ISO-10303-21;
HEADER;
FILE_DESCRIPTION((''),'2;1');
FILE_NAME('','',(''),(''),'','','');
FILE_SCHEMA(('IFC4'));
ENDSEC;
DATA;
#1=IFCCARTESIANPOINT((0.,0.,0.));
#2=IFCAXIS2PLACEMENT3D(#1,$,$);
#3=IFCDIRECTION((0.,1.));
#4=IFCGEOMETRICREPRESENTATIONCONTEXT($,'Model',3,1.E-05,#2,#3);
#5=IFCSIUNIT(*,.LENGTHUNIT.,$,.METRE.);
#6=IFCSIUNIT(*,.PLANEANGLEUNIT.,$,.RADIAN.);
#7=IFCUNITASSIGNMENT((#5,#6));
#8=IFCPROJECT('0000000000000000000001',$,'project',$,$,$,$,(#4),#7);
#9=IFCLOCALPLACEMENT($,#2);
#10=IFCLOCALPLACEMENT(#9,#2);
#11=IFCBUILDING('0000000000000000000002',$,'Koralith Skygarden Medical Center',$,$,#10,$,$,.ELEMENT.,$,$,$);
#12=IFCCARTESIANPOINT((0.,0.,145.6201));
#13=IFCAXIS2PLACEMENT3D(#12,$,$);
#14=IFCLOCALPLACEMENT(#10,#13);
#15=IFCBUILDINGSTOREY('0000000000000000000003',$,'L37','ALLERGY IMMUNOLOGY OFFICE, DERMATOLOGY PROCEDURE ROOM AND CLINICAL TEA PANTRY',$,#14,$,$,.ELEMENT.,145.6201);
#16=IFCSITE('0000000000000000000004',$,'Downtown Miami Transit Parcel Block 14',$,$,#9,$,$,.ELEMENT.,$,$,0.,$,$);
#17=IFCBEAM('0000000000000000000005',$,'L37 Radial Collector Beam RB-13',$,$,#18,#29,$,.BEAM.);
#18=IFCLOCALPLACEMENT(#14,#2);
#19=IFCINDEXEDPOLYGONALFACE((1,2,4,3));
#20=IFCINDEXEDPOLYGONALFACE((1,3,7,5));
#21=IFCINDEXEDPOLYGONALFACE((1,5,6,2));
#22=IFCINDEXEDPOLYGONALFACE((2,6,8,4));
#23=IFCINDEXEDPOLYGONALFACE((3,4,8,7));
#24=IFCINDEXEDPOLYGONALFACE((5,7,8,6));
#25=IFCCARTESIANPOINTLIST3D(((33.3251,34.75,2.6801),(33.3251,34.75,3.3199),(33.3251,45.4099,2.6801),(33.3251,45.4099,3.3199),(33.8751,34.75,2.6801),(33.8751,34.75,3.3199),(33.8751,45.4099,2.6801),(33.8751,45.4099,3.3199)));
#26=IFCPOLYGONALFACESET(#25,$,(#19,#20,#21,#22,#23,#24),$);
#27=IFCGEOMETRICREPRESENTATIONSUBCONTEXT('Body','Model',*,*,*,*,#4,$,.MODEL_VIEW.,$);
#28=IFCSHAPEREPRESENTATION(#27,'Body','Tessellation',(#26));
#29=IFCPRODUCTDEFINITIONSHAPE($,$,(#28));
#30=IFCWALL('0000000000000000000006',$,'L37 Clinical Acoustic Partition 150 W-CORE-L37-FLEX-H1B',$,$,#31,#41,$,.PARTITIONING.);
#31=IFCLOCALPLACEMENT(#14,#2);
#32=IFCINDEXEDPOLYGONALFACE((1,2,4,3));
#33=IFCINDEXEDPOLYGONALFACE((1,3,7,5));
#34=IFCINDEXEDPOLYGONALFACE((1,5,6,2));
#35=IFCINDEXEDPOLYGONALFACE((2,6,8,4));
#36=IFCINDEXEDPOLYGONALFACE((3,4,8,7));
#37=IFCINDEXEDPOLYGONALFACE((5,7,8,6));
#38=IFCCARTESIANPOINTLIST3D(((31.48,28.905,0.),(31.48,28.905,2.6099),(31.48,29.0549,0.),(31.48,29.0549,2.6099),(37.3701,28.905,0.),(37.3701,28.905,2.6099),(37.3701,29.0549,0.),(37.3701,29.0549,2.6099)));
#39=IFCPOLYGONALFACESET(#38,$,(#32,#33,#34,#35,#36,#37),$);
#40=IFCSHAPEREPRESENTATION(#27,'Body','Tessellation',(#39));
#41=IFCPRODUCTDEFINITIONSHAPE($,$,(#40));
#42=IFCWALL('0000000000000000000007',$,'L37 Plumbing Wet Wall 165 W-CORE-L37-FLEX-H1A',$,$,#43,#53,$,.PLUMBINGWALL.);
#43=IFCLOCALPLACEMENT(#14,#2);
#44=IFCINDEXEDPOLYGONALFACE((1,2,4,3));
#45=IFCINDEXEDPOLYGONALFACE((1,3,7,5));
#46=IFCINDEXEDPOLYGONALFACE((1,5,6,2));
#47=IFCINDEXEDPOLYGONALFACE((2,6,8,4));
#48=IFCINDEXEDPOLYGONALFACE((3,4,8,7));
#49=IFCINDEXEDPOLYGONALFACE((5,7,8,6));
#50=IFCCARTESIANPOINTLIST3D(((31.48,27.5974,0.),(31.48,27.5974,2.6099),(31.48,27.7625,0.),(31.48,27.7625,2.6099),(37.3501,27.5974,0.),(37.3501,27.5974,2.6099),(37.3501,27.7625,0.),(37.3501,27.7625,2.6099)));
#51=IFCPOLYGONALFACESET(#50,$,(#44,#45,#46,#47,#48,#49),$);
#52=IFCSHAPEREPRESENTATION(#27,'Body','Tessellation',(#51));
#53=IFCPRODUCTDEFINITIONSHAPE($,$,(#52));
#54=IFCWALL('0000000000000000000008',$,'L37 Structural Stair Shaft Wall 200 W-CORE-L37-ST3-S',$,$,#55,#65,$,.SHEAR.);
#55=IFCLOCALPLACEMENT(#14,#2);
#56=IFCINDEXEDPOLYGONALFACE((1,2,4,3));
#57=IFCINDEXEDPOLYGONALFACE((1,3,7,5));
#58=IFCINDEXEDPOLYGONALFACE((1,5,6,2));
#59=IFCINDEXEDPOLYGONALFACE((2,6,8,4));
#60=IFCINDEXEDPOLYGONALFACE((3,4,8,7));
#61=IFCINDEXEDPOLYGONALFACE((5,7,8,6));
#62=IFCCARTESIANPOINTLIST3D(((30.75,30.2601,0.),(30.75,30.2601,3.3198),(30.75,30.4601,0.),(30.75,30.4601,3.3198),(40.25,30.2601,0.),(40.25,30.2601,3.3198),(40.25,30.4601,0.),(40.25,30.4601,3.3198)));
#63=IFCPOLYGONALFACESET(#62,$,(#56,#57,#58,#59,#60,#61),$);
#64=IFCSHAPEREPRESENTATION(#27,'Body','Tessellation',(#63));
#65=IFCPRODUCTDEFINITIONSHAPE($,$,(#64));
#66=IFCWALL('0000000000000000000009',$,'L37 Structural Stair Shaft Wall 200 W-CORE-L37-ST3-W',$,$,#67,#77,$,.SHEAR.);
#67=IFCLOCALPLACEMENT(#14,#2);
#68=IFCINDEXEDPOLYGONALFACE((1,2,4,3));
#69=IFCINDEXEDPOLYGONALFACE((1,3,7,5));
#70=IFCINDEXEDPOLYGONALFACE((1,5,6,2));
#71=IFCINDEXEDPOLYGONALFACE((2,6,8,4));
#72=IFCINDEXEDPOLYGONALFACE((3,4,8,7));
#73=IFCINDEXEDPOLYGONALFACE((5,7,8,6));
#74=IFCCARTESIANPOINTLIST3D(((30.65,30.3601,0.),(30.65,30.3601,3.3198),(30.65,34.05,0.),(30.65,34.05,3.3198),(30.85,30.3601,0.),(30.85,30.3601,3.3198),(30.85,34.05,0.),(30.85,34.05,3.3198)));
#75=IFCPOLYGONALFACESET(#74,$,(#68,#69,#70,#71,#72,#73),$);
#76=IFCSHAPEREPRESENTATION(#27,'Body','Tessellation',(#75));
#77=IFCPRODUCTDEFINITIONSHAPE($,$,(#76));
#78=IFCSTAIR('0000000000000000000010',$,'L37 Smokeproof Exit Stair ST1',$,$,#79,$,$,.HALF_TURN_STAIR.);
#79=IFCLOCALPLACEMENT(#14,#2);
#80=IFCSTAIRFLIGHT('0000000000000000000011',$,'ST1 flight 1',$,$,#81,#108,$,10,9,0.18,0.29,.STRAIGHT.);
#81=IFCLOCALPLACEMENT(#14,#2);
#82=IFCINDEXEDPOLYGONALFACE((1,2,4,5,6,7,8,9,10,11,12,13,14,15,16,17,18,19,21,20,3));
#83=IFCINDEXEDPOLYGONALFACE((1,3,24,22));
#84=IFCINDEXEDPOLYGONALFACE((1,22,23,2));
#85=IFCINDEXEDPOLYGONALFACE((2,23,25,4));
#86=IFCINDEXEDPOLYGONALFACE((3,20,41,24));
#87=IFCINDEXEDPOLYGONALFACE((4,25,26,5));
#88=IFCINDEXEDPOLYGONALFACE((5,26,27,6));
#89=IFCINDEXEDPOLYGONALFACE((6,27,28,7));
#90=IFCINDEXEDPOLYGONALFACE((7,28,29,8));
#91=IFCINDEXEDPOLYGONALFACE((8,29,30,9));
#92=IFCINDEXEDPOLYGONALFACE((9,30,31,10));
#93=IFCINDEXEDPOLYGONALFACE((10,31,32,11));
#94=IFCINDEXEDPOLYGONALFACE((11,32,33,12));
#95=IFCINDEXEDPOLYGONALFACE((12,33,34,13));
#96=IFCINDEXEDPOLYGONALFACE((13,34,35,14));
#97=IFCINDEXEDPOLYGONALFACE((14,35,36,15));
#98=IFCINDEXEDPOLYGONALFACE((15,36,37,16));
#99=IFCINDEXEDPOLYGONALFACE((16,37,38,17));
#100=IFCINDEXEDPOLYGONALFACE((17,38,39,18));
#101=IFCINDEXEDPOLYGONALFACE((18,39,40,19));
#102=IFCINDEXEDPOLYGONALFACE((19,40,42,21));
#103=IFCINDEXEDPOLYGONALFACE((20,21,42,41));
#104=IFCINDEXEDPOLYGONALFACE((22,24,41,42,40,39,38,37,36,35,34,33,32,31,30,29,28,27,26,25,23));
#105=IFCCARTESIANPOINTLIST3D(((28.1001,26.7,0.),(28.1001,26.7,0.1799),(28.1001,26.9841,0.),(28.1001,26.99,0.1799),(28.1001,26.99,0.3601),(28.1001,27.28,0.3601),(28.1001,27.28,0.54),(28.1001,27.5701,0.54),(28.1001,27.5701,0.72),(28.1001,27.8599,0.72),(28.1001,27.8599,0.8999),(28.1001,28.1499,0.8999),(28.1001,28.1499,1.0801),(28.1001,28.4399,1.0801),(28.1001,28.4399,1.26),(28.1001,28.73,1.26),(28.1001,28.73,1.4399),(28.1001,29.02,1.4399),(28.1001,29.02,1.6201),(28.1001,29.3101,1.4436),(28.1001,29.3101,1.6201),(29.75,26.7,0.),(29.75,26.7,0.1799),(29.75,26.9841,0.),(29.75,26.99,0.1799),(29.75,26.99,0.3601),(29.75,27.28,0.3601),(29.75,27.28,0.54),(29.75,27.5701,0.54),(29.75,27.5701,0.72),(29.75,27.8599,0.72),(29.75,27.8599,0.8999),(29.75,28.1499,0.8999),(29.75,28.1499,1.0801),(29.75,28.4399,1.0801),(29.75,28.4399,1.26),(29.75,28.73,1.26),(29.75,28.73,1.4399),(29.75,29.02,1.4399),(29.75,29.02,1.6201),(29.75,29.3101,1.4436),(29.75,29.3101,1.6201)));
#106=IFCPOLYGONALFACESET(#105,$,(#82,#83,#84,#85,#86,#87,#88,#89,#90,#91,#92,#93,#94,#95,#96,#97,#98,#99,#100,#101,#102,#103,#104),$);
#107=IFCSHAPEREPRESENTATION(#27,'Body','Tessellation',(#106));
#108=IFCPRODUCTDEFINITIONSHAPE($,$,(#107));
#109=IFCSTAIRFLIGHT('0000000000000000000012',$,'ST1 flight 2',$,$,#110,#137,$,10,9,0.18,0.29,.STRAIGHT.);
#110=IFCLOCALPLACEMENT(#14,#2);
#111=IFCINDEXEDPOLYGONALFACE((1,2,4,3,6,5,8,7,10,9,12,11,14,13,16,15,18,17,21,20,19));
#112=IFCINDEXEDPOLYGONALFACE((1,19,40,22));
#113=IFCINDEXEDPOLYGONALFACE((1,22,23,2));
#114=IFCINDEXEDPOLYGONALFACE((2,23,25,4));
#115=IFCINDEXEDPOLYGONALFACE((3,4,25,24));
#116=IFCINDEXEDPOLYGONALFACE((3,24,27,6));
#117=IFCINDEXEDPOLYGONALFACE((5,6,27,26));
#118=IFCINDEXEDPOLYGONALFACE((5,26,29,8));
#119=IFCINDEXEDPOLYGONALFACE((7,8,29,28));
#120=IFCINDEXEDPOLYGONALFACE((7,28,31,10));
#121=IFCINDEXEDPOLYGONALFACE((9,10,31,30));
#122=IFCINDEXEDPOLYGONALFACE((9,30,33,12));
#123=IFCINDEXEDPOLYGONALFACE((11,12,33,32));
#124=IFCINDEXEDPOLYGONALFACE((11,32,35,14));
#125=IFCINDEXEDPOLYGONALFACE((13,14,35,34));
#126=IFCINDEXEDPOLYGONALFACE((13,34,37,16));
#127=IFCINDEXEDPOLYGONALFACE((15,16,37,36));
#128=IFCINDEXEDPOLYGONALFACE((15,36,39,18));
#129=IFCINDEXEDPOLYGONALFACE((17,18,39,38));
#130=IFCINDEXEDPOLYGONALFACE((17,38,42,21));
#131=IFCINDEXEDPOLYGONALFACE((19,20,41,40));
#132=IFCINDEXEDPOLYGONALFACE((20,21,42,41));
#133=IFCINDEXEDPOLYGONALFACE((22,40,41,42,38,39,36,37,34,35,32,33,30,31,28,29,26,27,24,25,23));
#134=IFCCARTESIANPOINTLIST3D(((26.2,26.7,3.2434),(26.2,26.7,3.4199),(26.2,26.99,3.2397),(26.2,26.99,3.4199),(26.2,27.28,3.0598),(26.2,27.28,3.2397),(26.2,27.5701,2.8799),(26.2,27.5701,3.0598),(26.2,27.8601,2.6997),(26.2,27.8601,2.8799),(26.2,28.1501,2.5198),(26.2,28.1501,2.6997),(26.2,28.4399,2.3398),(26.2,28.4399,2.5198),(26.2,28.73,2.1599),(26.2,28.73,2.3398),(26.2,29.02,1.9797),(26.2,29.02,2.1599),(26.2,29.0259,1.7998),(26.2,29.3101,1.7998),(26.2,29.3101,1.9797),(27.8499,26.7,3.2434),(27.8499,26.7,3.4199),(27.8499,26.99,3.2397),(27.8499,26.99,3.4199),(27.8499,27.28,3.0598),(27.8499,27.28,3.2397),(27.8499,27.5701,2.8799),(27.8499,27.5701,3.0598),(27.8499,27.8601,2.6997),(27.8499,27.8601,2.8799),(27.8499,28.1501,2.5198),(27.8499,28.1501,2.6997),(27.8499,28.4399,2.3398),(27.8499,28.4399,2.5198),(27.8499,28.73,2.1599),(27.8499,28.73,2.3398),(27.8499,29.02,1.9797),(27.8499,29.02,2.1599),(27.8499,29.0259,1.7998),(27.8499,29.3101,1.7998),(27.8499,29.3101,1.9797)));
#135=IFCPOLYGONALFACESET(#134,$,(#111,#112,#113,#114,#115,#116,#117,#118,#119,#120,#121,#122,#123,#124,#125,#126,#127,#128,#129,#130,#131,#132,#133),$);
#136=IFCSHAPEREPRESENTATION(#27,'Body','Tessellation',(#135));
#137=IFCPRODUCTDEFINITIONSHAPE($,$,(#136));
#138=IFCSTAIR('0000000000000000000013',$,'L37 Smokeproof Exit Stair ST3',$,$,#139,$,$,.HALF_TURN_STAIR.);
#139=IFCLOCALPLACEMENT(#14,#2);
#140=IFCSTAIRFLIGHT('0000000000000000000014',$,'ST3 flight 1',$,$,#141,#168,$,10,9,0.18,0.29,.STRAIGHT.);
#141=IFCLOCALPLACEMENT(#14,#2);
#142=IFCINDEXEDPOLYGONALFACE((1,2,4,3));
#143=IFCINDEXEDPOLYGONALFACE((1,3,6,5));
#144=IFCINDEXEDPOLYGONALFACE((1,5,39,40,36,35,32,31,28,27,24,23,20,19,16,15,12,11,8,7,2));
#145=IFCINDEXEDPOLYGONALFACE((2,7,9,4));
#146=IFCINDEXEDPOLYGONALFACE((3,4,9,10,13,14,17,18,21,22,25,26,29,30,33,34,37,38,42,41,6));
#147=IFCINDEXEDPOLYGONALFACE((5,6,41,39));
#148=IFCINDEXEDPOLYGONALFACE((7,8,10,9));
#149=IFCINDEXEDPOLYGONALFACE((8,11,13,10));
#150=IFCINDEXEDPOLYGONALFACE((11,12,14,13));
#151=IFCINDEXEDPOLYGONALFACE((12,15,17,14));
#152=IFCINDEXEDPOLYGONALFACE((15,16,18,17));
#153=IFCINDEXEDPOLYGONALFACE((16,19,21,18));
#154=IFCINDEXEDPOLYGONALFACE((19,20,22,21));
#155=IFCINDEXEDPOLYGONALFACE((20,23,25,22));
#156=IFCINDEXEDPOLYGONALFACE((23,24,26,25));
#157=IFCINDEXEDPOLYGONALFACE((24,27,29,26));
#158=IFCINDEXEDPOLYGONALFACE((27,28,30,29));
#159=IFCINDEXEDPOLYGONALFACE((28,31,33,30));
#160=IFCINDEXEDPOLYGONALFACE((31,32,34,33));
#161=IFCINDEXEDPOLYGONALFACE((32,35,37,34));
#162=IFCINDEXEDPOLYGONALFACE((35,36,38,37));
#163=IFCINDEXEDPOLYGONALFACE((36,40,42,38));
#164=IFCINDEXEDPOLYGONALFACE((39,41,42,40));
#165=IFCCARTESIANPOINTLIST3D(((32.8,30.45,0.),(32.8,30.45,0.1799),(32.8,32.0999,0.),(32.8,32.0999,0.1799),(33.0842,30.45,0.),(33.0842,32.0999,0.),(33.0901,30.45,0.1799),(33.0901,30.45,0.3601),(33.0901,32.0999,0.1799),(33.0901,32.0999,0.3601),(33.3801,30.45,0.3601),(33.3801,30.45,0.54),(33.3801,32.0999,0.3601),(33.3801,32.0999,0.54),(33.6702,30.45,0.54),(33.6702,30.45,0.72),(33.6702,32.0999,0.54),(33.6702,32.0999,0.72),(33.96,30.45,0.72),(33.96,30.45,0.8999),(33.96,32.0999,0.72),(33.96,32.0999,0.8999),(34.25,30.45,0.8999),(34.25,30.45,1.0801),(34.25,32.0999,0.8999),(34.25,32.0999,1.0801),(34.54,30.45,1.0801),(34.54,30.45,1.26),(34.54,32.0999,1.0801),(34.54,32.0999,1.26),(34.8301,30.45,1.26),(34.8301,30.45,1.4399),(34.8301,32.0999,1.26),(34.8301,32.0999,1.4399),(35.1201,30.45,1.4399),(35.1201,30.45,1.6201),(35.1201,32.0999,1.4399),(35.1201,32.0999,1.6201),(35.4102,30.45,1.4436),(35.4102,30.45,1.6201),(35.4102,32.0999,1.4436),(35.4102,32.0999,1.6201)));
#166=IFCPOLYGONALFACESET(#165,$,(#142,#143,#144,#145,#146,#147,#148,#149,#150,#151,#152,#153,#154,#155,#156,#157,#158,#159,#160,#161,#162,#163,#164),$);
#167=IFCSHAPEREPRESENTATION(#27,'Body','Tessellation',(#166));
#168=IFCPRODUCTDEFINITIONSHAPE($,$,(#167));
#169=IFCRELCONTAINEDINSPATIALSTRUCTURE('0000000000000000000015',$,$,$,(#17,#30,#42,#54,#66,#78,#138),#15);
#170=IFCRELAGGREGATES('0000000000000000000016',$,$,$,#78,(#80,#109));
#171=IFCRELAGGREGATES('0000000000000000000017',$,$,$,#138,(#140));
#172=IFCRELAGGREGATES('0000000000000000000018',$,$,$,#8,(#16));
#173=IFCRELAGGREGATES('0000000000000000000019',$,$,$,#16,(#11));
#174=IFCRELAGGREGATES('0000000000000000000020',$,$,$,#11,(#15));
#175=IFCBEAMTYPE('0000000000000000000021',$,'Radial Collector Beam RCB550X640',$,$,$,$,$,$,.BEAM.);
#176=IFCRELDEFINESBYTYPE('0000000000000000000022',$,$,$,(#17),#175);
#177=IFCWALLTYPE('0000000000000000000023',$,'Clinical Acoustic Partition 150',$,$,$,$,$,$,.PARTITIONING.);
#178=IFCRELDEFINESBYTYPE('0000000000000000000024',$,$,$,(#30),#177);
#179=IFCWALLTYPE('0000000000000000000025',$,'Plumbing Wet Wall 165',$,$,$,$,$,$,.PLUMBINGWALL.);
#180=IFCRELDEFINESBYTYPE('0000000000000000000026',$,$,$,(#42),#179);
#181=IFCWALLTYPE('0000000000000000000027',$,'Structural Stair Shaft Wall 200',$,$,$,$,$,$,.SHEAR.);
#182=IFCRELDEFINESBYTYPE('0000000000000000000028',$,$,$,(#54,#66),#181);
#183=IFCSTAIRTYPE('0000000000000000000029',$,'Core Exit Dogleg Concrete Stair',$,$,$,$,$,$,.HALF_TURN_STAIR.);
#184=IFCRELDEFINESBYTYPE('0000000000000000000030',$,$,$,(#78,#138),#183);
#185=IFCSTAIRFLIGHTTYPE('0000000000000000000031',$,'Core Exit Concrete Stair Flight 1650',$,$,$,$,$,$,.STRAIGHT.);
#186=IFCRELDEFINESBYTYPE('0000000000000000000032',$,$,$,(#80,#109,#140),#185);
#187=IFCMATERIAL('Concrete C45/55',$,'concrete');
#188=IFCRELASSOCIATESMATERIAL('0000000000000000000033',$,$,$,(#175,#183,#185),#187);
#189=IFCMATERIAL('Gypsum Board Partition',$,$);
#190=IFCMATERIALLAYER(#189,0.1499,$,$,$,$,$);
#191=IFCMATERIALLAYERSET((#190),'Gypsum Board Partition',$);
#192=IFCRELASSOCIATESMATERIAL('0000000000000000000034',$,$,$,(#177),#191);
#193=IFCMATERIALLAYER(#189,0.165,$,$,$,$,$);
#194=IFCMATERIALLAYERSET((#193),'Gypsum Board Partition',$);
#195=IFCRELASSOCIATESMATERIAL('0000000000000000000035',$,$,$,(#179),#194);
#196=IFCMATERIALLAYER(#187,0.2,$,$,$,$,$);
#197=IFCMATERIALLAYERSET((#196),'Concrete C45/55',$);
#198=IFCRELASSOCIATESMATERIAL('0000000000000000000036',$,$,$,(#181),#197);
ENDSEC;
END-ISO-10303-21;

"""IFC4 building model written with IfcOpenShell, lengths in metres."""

from ifc_helpers import new_model, si_unit, direction, frame, frame_2d, origin, origin_2d, place, context, subcontext, project, spatial, polyline, rectangle, outline, extrude, material, layer, layer_set, material_profile, profile_set, type_object, element, aggregate, save


model = new_model("IFC4")

# Units and contexts
model_context = context("Model", 3, precision=1e-05, world=origin(), true_north=direction((0.0, 1.0)))
body_context = subcontext(model_context, "Body", "Model", "MODEL_VIEW")
ifc_project = project(units=[si_unit("LENGTHUNIT", "METRE"), si_unit("PLANEANGLEUNIT", "RADIAN")], contexts=[model_context])

# Site, building, storey
site_placement = place(None, origin())
site = spatial("IfcSite", under=ifc_project, at=site_placement, Name="Downtown Miami Transit Parcel Block 14", CompositionType="ELEMENT", RefElevation=0.0)
building_placement = place(site_placement, origin())
building = spatial("IfcBuilding", under=site, at=building_placement, Name="Koralith Skygarden Medical Center", CompositionType="ELEMENT")
storey_placement = place(building_placement, frame((0.0, 0.0, 145.6201)))
storey = spatial("IfcBuildingStorey", under=building, at=storey_placement, Name="L37", Description="ALLERGY IMMUNOLOGY OFFICE, DERMATOLOGY PROCEDURE ROOM AND CLINICAL TEA PANTRY", CompositionType="ELEMENT", Elevation=145.6201)

# Beam
ifc_material_1 = material(Name="Concrete C45/55", Category="concrete")
ifc_material_profile = material_profile(ifc_material_1, rectangle(XDim=0.55, YDim=0.6399, at=origin_2d()), Name="RCB550X640")
ifc_profile_set = profile_set([ifc_material_profile], Name="Concrete C45/55")
beam_type = type_object("IfcBeamType", Name="Radial Collector Beam RCB550X640", PredefinedType="BEAM", material=ifc_profile_set)
beam_placement = place(storey_placement, frame((33.6001, 34.75, 3.0), z_axis=(0.0, 1.0, 0.0), x_axis=(-1.0, 0.0, 0.0)))
element("IfcBeam", 1, at=beam_placement, inside=storey, type_object=beam_type, Name="L37 Radial Collector Beam RB-13", PredefinedType="BEAM", context=body_context, shape_type="SweptSolid", body=[
    extrude(rectangle(XDim=0.55, YDim=0.6399, at=origin_2d()), origin(), (0.0, 0.0, 1.0), 10.6599),
])

# Walls
ifc_material_2 = material(Name="Gypsum Board Partition")
ifc_layer_1 = layer(ifc_material_2, 0.1499)
ifc_layer_set_1 = layer_set([ifc_layer_1], Name="Gypsum Board Partition")
wall_type_1 = type_object("IfcWallType", Name="Clinical Acoustic Partition 150", PredefinedType="PARTITIONING", material=ifc_layer_set_1)
wall_1_placement = place(storey_placement, frame((31.48, 28.98, 0.0), z_axis=(0.0, 0.0, 1.0), x_axis=(1.0, 0.0, 0.0)))
element("IfcWall", 2, at=wall_1_placement, inside=storey, type_object=wall_type_1, Name="L37 Clinical Acoustic Partition 150 W-CORE-L37-FLEX-H1B", PredefinedType="PARTITIONING", context=body_context, shape_type="SweptSolid", body=[
    extrude(rectangle(XDim=5.8901, YDim=0.1499, at=frame_2d((2.9451, 0.0))), origin(), (0.0, 0.0, 1.0), 2.6099),
])
ifc_layer_2 = layer(ifc_material_2, 0.165)
ifc_layer_set_2 = layer_set([ifc_layer_2], Name="Gypsum Board Partition")
wall_type_2 = type_object("IfcWallType", Name="Plumbing Wet Wall 165", PredefinedType="PLUMBINGWALL", material=ifc_layer_set_2)
wall_2_placement = place(storey_placement, frame((31.48, 27.6799, 0.0), z_axis=(0.0, 0.0, 1.0), x_axis=(1.0, 0.0, 0.0)))
element("IfcWall", 3, at=wall_2_placement, inside=storey, type_object=wall_type_2, Name="L37 Plumbing Wet Wall 165 W-CORE-L37-FLEX-H1A", PredefinedType="PLUMBINGWALL", context=body_context, shape_type="SweptSolid", body=[
    extrude(rectangle(XDim=5.8701, YDim=0.165, at=frame_2d((2.9351, 0.0))), origin(), (0.0, 0.0, 1.0), 2.6099),
])
ifc_layer_3 = layer(ifc_material_1, 0.2)
ifc_layer_set_3 = layer_set([ifc_layer_3], Name="Concrete C45/55")
wall_type_3 = type_object("IfcWallType", Name="Structural Stair Shaft Wall 200", PredefinedType="SHEAR", material=ifc_layer_set_3)
wall_3_placement = place(storey_placement, frame((30.75, 30.3601, 0.0), z_axis=(0.0, 0.0, 1.0), x_axis=(1.0, 0.0, 0.0)))
element("IfcWall", 4, at=wall_3_placement, inside=storey, type_object=wall_type_3, Name="L37 Structural Stair Shaft Wall 200 W-CORE-L37-ST3-S", PredefinedType="SHEAR", context=body_context, shape_type="SweptSolid", body=[
    extrude(rectangle(XDim=9.5, YDim=0.2, at=frame_2d((4.75, 0.0))), origin(), (0.0, 0.0, 1.0), 3.3198),
])
wall_4_placement = place(storey_placement, frame((30.75, 30.3601, 0.0), z_axis=(0.0, 0.0, 1.0), x_axis=(0.0, 1.0, 0.0)))
element("IfcWall", 5, at=wall_4_placement, inside=storey, type_object=wall_type_3, Name="L37 Structural Stair Shaft Wall 200 W-CORE-L37-ST3-W", PredefinedType="SHEAR", context=body_context, shape_type="SweptSolid", body=[
    extrude(rectangle(XDim=3.6899, YDim=0.2, at=frame_2d((1.845, 0.0))), origin(), (0.0, 0.0, 1.0), 3.3198),
])

# Stairs, stair flights
stair_type = type_object("IfcStairType", Name="Core Exit Dogleg Concrete Stair", PredefinedType="HALF_TURN_STAIR", material=ifc_material_1)
stair_1_placement = place(storey_placement, origin())
stair_1 = element("IfcStair", 6, at=stair_1_placement, inside=storey, type_object=stair_type, Name="L37 Smokeproof Exit Stair ST1", PredefinedType="HALF_TURN_STAIR")
stair_flight_type = type_object("IfcStairFlightType", Name="Core Exit Concrete Stair Flight 1650", PredefinedType="STRAIGHT", material=ifc_material_1)
stair_flight_1_placement = place(storey_placement, frame((28.925, 26.7, 0.0), z_axis=(0.0, 0.0, 1.0), x_axis=(0.0, 1.0, 0.0)))
stair_flight_1 = element("IfcStairFlight", 7, at=stair_flight_1_placement, type_object=stair_flight_type, Name="ST1 flight 1", NumberOfRisers=10, NumberOfTreads=9, PredefinedType="STRAIGHT", RiserHeight=0.18, TreadLength=0.29, context=body_context, shape_type="SweptSolid", body=[
    extrude(outline(polyline([(0.0, 0.0), (0.0, 0.1799), (0.29, 0.1799), (0.29, 0.3601), (0.5801, 0.3601), (0.5801, 0.54), (0.8701, 0.54), (0.8701, 0.72), (1.1599, 0.72), (1.1599, 0.8999), (1.45, 0.8999), (1.45, 1.0801), (1.74, 1.0801), (1.74, 1.26), (2.03, 1.26), (2.03, 1.4399), (2.3201, 1.4399), (2.3201, 1.6201), (2.6101, 1.6201), (2.6101, 1.8), (2.6101, 1.4436), (0.2842, 0.0), (0.0, 0.0)])), frame((0.0, 0.825, 0.0), z_axis=(0.0, -1.0, 0.0), x_axis=(1.0, 0.0, 0.0)), (0.0, 0.0, 1.0), 1.6499),
])
stair_flight_2_placement = place(storey_placement, frame((27.0249, 29.3101, 1.7998), z_axis=(0.0, 0.0, 1.0), x_axis=(0.0, -1.0, 0.0)))
stair_flight_2 = element("IfcStairFlight", 8, at=stair_flight_2_placement, type_object=stair_flight_type, Name="ST1 flight 2", NumberOfRisers=10, NumberOfTreads=9, PredefinedType="STRAIGHT", RiserHeight=0.18, TreadLength=0.29, context=body_context, shape_type="SweptSolid", body=[
    extrude(outline(polyline([(0.0, 0.0), (0.0, 0.1799), (0.29, 0.1799), (0.29, 0.3601), (0.5801, 0.3601), (0.5801, 0.54), (0.8701, 0.54), (0.8701, 0.72), (1.1599, 0.72), (1.1599, 0.8999), (1.45, 0.8999), (1.45, 1.0801), (1.74, 1.0801), (1.74, 1.26), (2.03, 1.26), (2.03, 1.4399), (2.3201, 1.4399), (2.3201, 1.6201), (2.6101, 1.6201), (2.6101, 1.8), (2.6101, 1.4436), (0.2842, 0.0), (0.0, 0.0)])), frame((0.0, 0.825, 0.0), z_axis=(0.0, -1.0, 0.0), x_axis=(1.0, 0.0, 0.0)), (0.0, 0.0, 1.0), 1.6499),
])
aggregate(stair_1, [stair_flight_1, stair_flight_2])
stair_2_placement = place(storey_placement, origin())
stair_2 = element("IfcStair", 9, at=stair_2_placement, inside=storey, type_object=stair_type, Name="L37 Smokeproof Exit Stair ST3", PredefinedType="HALF_TURN_STAIR")
stair_flight_3_placement = place(storey_placement, frame((32.8, 31.2749, 0.0), z_axis=(0.0, 0.0, 1.0), x_axis=(1.0, 0.0, 0.0)))
stair_flight_3 = element("IfcStairFlight", 10, at=stair_flight_3_placement, type_object=stair_flight_type, Name="ST3 flight 1", NumberOfRisers=10, NumberOfTreads=9, PredefinedType="STRAIGHT", RiserHeight=0.18, TreadLength=0.29, context=body_context, shape_type="SweptSolid", body=[
    extrude(outline(polyline([(0.0, 0.0), (0.0, 0.1799), (0.29, 0.1799), (0.29, 0.3601), (0.5801, 0.3601), (0.5801, 0.54), (0.8701, 0.54), (0.8701, 0.72), (1.1599, 0.72), (1.1599, 0.8999), (1.45, 0.8999), (1.45, 1.0801), (1.74, 1.0801), (1.74, 1.26), (2.03, 1.26), (2.03, 1.4399), (2.3201, 1.4399), (2.3201, 1.6201), (2.6101, 1.6201), (2.6101, 1.8), (2.6101, 1.4436), (0.2842, 0.0), (0.0, 0.0)])), frame((0.0, 0.825, 0.0), z_axis=(0.0, -1.0, 0.0), x_axis=(1.0, 0.0, 0.0)), (0.0, 0.0, 1.0), 1.6499),
])
aggregate(stair_2, [stair_flight_3])

save(model, "model.ifc")
